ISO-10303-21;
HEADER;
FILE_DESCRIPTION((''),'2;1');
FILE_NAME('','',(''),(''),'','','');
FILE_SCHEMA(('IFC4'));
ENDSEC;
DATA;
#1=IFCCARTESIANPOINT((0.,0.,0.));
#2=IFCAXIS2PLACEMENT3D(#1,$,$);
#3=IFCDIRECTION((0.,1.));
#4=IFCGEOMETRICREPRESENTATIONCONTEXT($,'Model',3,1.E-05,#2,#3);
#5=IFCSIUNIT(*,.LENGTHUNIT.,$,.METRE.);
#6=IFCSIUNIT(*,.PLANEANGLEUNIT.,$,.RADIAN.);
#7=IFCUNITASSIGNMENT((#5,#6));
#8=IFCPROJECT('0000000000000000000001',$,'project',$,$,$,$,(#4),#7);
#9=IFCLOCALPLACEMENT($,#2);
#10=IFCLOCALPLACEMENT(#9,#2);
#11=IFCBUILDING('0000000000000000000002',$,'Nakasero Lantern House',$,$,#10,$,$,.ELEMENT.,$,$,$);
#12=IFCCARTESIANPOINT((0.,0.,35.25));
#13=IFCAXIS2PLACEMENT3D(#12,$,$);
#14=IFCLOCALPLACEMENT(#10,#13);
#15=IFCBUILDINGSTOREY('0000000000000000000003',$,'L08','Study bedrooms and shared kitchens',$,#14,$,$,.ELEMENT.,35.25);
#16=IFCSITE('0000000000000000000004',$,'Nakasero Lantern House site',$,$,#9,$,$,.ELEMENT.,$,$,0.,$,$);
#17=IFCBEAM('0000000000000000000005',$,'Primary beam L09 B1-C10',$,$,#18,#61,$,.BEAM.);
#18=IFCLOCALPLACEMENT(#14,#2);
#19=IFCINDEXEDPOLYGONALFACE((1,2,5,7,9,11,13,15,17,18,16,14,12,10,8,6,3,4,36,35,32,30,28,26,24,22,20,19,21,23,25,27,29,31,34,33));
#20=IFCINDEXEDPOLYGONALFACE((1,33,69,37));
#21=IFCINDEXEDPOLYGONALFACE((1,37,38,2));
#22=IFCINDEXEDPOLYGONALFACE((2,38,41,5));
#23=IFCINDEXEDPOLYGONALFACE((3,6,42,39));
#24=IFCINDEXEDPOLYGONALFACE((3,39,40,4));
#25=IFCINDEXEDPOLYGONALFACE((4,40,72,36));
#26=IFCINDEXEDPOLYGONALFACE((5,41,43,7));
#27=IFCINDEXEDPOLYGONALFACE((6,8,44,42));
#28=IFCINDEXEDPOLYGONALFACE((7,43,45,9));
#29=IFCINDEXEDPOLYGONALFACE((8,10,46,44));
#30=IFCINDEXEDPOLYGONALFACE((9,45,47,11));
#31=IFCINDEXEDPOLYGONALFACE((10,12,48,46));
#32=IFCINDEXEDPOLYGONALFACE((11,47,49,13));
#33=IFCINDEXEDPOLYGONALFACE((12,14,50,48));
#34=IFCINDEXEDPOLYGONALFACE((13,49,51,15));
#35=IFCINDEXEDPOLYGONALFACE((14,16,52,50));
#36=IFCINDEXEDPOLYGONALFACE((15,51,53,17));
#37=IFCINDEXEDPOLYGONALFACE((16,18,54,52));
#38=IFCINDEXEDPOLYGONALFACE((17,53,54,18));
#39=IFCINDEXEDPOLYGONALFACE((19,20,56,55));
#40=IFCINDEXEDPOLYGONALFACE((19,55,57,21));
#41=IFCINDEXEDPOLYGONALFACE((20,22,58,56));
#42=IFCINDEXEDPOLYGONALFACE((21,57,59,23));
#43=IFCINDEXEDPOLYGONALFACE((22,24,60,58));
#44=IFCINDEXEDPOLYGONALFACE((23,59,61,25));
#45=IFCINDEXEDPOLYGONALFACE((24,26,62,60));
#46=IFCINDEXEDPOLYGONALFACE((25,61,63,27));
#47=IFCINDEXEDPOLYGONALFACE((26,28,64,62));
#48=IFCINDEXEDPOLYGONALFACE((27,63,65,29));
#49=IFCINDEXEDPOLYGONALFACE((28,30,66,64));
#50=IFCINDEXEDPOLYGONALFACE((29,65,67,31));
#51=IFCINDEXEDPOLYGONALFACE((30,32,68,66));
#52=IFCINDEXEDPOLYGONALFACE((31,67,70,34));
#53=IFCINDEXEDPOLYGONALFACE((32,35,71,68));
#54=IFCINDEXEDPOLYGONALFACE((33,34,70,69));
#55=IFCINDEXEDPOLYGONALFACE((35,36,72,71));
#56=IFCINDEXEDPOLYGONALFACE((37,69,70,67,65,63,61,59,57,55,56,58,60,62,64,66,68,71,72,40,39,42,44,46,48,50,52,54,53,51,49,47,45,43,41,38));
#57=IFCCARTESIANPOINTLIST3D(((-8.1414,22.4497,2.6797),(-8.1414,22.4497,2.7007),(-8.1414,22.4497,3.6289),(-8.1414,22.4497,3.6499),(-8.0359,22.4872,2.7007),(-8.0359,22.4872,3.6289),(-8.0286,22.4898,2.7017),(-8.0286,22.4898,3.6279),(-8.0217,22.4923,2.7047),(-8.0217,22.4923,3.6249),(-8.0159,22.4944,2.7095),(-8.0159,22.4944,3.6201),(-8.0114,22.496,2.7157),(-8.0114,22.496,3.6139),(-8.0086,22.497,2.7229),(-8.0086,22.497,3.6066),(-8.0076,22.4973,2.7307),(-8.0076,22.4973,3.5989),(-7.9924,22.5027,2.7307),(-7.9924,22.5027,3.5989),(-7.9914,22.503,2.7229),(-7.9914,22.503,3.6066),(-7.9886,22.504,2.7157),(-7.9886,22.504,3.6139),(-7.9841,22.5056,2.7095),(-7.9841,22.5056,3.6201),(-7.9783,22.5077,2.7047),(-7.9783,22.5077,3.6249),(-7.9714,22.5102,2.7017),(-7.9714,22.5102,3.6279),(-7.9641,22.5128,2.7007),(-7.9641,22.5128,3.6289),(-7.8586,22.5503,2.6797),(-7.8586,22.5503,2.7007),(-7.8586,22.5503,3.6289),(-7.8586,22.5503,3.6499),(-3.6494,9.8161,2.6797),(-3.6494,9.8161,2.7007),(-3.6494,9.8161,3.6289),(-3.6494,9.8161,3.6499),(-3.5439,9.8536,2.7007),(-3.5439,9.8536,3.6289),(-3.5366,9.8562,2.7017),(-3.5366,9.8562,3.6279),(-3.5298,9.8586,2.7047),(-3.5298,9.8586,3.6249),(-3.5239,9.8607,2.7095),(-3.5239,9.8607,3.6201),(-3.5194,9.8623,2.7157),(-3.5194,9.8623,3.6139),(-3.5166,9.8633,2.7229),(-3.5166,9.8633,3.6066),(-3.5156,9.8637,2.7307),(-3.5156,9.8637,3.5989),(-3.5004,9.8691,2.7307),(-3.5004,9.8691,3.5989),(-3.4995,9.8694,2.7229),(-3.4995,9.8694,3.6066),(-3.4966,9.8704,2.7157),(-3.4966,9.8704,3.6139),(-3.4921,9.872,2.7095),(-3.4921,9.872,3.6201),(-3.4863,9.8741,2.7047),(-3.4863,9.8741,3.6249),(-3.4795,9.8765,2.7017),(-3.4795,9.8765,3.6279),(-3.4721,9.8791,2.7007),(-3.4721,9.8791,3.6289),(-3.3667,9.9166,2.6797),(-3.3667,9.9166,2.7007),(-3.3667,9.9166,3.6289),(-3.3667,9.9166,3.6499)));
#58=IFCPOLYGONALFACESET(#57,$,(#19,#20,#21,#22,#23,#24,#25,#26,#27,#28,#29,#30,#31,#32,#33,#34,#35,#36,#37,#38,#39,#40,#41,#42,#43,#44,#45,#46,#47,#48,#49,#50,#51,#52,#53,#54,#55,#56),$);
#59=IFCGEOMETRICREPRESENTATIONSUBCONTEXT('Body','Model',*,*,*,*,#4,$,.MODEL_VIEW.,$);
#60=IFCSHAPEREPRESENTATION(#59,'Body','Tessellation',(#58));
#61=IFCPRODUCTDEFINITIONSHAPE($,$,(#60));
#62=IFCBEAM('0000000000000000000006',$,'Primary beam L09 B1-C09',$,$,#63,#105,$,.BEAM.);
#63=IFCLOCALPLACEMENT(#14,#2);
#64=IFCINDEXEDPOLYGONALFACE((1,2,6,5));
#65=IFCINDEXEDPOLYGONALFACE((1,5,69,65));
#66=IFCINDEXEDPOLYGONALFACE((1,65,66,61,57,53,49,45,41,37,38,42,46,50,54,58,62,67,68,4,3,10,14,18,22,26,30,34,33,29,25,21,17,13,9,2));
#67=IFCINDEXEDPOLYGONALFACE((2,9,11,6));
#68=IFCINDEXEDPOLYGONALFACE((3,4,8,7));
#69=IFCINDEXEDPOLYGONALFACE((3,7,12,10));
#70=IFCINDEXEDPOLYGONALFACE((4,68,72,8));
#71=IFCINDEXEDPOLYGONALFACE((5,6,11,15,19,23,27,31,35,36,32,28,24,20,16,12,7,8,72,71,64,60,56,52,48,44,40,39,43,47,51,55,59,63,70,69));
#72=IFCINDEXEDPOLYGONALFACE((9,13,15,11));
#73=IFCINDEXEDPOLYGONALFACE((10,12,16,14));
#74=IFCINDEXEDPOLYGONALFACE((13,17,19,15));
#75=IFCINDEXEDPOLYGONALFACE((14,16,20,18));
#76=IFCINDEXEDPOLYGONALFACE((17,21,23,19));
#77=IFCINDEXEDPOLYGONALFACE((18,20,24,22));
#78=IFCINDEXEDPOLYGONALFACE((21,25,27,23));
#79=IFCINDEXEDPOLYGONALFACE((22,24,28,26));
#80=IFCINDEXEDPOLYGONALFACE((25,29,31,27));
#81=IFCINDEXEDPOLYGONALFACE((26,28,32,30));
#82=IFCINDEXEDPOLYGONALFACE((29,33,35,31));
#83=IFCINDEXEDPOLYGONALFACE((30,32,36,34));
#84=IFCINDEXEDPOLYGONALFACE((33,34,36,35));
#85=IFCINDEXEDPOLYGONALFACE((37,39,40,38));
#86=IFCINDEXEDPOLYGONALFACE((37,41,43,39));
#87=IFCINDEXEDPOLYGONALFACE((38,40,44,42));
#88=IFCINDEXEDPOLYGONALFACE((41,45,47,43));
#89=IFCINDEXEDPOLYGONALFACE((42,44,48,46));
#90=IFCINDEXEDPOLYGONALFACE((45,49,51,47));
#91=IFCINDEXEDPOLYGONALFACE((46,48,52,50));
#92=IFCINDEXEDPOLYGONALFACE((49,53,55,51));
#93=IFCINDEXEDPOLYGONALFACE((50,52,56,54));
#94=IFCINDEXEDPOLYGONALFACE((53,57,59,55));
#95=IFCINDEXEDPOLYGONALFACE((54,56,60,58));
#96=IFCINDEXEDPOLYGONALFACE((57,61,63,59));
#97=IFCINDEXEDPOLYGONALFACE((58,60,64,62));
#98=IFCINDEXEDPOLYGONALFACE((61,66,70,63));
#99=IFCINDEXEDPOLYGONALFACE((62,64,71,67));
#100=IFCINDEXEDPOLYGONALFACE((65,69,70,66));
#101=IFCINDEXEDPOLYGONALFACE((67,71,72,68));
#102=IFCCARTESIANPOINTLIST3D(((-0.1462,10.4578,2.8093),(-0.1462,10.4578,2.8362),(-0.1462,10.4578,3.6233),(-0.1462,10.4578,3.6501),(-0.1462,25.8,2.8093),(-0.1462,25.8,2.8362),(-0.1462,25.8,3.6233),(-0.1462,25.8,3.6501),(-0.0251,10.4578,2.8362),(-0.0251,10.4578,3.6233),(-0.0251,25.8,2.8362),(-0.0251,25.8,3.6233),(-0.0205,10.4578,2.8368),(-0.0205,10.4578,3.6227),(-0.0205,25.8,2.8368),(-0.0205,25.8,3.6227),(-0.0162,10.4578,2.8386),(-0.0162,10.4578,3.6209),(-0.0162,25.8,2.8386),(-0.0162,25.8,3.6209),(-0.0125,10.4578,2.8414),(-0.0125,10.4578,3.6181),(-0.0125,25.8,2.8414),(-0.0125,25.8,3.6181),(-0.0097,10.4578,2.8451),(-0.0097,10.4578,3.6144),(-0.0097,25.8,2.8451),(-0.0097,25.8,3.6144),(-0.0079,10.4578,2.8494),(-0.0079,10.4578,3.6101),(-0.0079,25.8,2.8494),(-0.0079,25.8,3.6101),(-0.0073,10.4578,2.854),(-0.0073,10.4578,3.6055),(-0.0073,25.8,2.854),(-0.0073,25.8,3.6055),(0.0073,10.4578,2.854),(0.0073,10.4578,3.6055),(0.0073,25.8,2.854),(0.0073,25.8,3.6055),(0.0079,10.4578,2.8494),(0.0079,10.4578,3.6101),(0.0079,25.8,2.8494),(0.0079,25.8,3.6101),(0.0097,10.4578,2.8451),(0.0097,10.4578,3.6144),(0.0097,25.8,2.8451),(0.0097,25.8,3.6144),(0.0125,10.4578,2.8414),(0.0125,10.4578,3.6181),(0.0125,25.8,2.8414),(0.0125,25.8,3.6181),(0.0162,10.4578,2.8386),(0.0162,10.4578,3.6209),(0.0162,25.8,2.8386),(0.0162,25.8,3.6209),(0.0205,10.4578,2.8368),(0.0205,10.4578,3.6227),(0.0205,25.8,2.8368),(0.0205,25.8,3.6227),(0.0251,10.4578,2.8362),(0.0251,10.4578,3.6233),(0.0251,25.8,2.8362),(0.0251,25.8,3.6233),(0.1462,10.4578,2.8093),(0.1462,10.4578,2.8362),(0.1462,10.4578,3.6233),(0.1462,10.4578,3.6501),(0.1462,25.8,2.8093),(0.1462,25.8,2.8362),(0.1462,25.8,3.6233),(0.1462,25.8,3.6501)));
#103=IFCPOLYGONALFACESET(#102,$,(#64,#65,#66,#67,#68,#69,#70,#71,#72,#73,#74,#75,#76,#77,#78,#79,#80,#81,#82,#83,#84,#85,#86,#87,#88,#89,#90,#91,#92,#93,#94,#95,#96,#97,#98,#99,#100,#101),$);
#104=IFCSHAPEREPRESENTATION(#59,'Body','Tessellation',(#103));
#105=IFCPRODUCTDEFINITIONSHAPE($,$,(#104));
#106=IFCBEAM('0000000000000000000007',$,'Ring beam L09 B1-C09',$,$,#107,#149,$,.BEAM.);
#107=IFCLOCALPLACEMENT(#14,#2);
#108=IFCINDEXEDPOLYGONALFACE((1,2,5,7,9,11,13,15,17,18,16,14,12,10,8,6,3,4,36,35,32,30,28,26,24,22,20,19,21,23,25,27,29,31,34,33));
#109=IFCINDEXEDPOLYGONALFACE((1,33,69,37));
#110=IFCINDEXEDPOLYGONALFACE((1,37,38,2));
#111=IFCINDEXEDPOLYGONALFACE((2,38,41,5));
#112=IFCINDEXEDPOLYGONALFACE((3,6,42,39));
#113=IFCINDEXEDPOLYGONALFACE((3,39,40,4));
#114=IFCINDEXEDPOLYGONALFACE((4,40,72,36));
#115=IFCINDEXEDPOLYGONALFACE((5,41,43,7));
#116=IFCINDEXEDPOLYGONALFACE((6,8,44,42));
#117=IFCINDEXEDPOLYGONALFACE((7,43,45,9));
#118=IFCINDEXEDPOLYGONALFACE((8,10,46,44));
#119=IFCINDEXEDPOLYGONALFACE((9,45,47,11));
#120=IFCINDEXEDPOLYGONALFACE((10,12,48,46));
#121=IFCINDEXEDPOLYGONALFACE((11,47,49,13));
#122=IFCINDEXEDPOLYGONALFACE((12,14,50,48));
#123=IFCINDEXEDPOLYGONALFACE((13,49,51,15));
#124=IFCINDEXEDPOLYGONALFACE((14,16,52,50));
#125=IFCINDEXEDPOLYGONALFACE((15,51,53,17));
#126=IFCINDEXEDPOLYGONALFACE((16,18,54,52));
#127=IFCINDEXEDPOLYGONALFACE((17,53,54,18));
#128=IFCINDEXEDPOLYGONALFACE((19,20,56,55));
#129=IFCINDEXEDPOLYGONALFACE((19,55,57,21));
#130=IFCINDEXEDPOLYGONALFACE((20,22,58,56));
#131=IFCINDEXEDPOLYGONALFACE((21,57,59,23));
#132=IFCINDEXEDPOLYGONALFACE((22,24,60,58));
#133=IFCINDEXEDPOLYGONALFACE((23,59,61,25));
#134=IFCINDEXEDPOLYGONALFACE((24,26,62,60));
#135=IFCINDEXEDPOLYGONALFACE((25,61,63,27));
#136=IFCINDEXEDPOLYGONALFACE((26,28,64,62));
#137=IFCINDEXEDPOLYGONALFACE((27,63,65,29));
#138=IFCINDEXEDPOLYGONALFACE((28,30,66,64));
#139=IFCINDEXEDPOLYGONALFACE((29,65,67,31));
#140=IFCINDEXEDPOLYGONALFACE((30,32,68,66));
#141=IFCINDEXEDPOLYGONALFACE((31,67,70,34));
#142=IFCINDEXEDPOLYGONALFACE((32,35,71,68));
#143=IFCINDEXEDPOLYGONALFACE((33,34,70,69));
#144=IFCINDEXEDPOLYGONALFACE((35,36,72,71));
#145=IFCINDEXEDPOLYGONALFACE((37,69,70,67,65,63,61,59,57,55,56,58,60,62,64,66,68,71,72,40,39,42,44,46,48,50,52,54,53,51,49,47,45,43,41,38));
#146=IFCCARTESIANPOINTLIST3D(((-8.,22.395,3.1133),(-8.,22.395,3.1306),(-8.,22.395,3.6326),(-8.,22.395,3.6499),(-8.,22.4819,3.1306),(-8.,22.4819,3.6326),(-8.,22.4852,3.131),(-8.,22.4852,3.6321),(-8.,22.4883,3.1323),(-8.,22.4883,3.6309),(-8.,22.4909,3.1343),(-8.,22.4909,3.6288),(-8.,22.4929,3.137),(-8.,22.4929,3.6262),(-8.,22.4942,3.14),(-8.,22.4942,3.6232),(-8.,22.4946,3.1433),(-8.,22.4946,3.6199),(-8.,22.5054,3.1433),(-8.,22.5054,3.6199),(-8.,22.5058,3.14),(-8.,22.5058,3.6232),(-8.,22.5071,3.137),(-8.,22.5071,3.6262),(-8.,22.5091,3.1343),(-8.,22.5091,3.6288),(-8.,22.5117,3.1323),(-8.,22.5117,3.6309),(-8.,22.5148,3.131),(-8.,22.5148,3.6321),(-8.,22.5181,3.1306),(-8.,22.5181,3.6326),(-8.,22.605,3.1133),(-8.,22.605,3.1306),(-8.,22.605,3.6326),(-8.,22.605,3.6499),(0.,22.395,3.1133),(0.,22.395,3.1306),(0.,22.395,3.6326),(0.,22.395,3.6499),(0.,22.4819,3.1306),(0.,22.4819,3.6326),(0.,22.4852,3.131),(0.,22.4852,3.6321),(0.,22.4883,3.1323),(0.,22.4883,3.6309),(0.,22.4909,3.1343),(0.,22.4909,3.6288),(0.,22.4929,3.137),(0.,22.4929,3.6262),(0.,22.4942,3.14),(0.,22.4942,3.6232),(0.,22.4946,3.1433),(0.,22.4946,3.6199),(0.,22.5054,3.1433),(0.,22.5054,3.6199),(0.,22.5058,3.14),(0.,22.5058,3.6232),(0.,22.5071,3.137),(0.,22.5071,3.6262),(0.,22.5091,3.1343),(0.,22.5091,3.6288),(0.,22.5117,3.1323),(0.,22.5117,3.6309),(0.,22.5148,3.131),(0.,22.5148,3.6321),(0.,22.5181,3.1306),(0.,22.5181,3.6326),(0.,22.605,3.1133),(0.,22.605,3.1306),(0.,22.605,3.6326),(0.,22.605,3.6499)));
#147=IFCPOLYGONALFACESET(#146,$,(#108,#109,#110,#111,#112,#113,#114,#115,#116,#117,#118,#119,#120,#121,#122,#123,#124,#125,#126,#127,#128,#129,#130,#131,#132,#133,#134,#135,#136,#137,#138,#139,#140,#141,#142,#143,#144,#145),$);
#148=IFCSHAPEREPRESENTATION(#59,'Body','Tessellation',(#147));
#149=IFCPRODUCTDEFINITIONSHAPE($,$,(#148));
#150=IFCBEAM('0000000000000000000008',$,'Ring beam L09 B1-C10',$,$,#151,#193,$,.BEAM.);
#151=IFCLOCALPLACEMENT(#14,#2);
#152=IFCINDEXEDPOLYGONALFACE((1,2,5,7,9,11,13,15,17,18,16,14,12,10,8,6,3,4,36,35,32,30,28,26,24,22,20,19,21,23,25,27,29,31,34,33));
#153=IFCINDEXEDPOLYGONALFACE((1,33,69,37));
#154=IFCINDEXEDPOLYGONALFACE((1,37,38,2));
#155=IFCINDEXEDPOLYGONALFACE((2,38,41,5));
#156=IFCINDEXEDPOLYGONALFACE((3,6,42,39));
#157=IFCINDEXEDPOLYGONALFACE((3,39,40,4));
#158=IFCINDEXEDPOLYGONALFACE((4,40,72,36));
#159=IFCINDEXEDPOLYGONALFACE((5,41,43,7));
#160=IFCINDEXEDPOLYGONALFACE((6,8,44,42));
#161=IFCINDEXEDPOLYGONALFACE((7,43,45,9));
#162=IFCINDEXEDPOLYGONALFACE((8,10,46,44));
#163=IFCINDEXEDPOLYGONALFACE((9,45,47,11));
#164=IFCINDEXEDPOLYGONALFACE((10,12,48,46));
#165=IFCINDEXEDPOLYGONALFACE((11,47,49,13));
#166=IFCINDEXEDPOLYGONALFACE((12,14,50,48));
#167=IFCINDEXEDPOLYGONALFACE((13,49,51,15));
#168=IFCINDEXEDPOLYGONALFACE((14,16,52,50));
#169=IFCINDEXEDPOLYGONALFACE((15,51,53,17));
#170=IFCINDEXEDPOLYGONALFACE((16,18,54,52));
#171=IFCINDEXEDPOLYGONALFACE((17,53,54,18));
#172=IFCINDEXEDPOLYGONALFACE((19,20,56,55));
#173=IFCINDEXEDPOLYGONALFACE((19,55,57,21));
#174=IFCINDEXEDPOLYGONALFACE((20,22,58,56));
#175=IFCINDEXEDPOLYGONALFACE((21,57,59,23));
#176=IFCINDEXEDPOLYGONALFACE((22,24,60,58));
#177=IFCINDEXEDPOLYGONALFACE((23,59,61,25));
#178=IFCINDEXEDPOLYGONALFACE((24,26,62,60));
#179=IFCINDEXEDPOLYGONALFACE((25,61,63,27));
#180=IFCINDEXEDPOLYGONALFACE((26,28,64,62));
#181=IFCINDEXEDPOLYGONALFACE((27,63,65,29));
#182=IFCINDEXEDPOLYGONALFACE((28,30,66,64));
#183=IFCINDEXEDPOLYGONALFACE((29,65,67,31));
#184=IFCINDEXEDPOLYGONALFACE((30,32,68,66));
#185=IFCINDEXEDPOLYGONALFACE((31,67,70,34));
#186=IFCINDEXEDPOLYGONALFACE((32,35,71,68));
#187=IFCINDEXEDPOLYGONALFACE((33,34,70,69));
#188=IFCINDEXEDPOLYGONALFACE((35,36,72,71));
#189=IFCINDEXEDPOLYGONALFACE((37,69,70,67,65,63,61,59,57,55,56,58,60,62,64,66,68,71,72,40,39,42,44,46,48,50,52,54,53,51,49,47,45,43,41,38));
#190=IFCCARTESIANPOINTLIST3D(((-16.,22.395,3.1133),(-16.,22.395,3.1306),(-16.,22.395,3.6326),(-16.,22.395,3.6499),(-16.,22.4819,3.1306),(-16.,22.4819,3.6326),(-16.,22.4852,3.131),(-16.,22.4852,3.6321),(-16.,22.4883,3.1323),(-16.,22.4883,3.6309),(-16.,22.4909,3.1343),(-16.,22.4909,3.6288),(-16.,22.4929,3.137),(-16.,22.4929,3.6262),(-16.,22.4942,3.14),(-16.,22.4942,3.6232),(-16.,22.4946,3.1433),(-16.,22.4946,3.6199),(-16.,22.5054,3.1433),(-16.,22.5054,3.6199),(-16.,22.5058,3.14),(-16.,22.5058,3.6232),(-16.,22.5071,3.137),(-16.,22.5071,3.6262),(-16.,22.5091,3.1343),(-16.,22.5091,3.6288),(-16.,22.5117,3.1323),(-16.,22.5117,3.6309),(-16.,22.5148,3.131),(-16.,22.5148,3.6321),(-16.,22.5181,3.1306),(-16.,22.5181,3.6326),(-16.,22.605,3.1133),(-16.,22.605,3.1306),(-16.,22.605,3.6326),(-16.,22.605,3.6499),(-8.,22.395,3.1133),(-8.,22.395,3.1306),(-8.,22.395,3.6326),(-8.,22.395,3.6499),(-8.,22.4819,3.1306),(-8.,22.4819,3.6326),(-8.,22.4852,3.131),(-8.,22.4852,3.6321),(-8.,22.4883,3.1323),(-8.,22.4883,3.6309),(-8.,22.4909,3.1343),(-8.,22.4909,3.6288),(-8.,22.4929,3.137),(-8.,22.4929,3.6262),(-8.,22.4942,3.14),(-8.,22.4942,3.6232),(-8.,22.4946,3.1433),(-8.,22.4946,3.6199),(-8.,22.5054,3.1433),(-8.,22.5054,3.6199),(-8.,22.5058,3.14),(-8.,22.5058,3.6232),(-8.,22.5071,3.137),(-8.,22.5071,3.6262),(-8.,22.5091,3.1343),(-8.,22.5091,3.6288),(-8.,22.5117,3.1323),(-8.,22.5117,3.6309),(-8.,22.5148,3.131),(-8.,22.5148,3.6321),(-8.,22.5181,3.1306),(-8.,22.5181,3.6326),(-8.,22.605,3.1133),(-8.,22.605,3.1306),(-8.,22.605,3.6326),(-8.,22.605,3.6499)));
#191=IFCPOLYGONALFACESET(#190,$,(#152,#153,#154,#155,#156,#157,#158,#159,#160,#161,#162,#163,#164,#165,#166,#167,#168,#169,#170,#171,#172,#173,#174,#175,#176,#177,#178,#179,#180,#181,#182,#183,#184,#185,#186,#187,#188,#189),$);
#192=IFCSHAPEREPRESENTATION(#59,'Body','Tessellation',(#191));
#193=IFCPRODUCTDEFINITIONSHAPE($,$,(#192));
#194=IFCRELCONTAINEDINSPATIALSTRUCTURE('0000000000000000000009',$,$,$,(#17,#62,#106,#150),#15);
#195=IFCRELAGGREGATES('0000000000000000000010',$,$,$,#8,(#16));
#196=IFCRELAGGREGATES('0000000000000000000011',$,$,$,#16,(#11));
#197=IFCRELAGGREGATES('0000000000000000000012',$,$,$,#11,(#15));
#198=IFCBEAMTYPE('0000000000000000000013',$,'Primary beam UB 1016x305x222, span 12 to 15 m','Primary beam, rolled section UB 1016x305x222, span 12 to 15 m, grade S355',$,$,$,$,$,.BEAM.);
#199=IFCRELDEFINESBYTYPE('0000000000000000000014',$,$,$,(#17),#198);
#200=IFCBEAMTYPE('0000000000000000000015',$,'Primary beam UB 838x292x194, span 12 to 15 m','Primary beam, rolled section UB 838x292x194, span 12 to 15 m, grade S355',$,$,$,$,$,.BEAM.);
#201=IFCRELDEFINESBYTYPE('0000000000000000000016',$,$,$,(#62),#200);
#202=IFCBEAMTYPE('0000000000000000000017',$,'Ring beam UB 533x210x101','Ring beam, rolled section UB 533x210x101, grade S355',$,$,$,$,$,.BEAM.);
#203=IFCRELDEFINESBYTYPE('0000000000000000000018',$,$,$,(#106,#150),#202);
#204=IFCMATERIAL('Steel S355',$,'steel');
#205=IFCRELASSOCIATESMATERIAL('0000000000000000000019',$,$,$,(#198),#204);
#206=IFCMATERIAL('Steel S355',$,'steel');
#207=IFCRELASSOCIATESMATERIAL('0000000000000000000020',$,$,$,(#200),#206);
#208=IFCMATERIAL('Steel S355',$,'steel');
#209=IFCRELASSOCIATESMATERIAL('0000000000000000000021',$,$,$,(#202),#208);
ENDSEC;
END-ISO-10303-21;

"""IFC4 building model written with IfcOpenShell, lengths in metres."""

from ifc_helpers import new_model, si_unit, direction, frame, origin, origin_2d, place, context, subcontext, project, spatial, i_section, extrude, material, material_profile, profile_set, type_object, element, save


model = new_model("IFC4")

# Units and contexts
model_context = context("Model", 3, precision=1e-05, world=origin(), true_north=direction((0.0, 1.0)))
body_context = subcontext(model_context, "Body", "Model", "MODEL_VIEW")
ifc_project = project(units=[si_unit("LENGTHUNIT", "METRE"), si_unit("PLANEANGLEUNIT", "RADIAN")], contexts=[model_context])

# Site, building, storey
site_placement = place(None, origin())
site = spatial("IfcSite", under=ifc_project, at=site_placement, Name="Nakasero Lantern House site", CompositionType="ELEMENT", RefElevation=0.0)
building_placement = place(site_placement, origin())
building = spatial("IfcBuilding", under=site, at=building_placement, Name="Nakasero Lantern House", CompositionType="ELEMENT")
storey_placement = place(building_placement, frame((0.0, 0.0, 35.25)))
storey = spatial("IfcBuildingStorey", under=building, at=storey_placement, Name="L08", Description="Study bedrooms and shared kitchens", CompositionType="ELEMENT", Elevation=35.25)

# Beams
ifc_material_1 = material(Name="Steel S355", Category="steel")
ifc_material_profile_1 = material_profile(ifc_material_1, i_section(OverallWidth=0.3, OverallDepth=0.9702, WebThickness=0.0161, FlangeThickness=0.021, FilletRadius=0.03, at=origin_2d()), Name="UB 1016x305x222")
ifc_profile_set_1 = profile_set([ifc_material_profile_1], Name="Steel S355")
beam_type_1 = type_object("IfcBeamType", Name="Primary beam UB 1016x305x222, span 12 to 15 m", Description="Primary beam, rolled section UB 1016x305x222, span 12 to 15 m, grade S355", PredefinedType="BEAM", material=ifc_profile_set_1)
beam_1_placement = place(storey_placement, frame((-8.0, 22.5, 3.1648), z_axis=(0.335011, -0.942214, 0.0), x_axis=(0.942214, 0.335011, 0.0)))
element("IfcBeam", 1, at=beam_1_placement, inside=storey, type_object=beam_type_1, Name="Primary beam L09 B1-C10", PredefinedType="BEAM", context=body_context, shape_type="SweptSolid", body=[
    extrude(i_section(OverallWidth=0.3, OverallDepth=0.9702, WebThickness=0.0161, FlangeThickness=0.021, FilletRadius=0.03, at=origin_2d()), origin(), (0.0, 0.0, 1.0), 13.4084),
])
ifc_material_2 = material(Name="Steel S355", Category="steel")
ifc_material_profile_2 = material_profile(ifc_material_2, i_section(OverallWidth=0.2925, OverallDepth=0.8408, WebThickness=0.0146, FlangeThickness=0.0269, FilletRadius=0.0178, at=origin_2d()), Name="UB 838x292x194")
ifc_profile_set_2 = profile_set([ifc_material_profile_2], Name="Steel S355")
beam_type_2 = type_object("IfcBeamType", Name="Primary beam UB 838x292x194, span 12 to 15 m", Description="Primary beam, rolled section UB 838x292x194, span 12 to 15 m, grade S355", PredefinedType="BEAM", material=ifc_profile_set_2)
beam_2_placement = place(storey_placement, frame((0.0, 25.8, 3.2297), z_axis=(0.0, -1.0, 0.0), x_axis=(1.0, 0.0, 0.0)))
element("IfcBeam", 2, at=beam_2_placement, inside=storey, type_object=beam_type_2, Name="Primary beam L09 B1-C09", PredefinedType="BEAM", context=body_context, shape_type="SweptSolid", body=[
    extrude(i_section(OverallWidth=0.2925, OverallDepth=0.8408, WebThickness=0.0146, FlangeThickness=0.0269, FilletRadius=0.0178, at=origin_2d()), origin(), (0.0, 0.0, 1.0), 15.3423),
])
ifc_material_3 = material(Name="Steel S355", Category="steel")
ifc_material_profile_3 = material_profile(ifc_material_3, i_section(OverallWidth=0.21, OverallDepth=0.5366, WebThickness=0.0107, FlangeThickness=0.0173, FilletRadius=0.0127, at=origin_2d()), Name="UB 533x210x101")
ifc_profile_set_3 = profile_set([ifc_material_profile_3], Name="Steel S355")
beam_type_3 = type_object("IfcBeamType", Name="Ring beam UB 533x210x101", Description="Ring beam, rolled section UB 533x210x101, grade S355", PredefinedType="BEAM", material=ifc_profile_set_3)
for number, where, z_axis, x_axis, name in (
    (3, (0.0, 22.5, 3.3816), (-1.0, 0.0, 0.0), (0.0, -1.0, 0.0), "Ring beam L09 B1-C09"),
    (4, (-8.0, 22.5, 3.3816), (-1.0, 0.0, 0.0), (0.0, -1.0, 0.0), "Ring beam L09 B1-C10"),
):
    element("IfcBeam", number, at=place(storey_placement, frame(where, z_axis=z_axis, x_axis=x_axis)), inside=storey, type_object=beam_type_3, Name=name, PredefinedType="BEAM", context=body_context, shape_type="SweptSolid", body=[
        extrude(i_section(OverallWidth=0.21, OverallDepth=0.5366, WebThickness=0.0107, FlangeThickness=0.0173, FilletRadius=0.0127, at=origin_2d()), origin(), (0.0, 0.0, 1.0), 8.0),
    ])

save(model, "model.ifc")
